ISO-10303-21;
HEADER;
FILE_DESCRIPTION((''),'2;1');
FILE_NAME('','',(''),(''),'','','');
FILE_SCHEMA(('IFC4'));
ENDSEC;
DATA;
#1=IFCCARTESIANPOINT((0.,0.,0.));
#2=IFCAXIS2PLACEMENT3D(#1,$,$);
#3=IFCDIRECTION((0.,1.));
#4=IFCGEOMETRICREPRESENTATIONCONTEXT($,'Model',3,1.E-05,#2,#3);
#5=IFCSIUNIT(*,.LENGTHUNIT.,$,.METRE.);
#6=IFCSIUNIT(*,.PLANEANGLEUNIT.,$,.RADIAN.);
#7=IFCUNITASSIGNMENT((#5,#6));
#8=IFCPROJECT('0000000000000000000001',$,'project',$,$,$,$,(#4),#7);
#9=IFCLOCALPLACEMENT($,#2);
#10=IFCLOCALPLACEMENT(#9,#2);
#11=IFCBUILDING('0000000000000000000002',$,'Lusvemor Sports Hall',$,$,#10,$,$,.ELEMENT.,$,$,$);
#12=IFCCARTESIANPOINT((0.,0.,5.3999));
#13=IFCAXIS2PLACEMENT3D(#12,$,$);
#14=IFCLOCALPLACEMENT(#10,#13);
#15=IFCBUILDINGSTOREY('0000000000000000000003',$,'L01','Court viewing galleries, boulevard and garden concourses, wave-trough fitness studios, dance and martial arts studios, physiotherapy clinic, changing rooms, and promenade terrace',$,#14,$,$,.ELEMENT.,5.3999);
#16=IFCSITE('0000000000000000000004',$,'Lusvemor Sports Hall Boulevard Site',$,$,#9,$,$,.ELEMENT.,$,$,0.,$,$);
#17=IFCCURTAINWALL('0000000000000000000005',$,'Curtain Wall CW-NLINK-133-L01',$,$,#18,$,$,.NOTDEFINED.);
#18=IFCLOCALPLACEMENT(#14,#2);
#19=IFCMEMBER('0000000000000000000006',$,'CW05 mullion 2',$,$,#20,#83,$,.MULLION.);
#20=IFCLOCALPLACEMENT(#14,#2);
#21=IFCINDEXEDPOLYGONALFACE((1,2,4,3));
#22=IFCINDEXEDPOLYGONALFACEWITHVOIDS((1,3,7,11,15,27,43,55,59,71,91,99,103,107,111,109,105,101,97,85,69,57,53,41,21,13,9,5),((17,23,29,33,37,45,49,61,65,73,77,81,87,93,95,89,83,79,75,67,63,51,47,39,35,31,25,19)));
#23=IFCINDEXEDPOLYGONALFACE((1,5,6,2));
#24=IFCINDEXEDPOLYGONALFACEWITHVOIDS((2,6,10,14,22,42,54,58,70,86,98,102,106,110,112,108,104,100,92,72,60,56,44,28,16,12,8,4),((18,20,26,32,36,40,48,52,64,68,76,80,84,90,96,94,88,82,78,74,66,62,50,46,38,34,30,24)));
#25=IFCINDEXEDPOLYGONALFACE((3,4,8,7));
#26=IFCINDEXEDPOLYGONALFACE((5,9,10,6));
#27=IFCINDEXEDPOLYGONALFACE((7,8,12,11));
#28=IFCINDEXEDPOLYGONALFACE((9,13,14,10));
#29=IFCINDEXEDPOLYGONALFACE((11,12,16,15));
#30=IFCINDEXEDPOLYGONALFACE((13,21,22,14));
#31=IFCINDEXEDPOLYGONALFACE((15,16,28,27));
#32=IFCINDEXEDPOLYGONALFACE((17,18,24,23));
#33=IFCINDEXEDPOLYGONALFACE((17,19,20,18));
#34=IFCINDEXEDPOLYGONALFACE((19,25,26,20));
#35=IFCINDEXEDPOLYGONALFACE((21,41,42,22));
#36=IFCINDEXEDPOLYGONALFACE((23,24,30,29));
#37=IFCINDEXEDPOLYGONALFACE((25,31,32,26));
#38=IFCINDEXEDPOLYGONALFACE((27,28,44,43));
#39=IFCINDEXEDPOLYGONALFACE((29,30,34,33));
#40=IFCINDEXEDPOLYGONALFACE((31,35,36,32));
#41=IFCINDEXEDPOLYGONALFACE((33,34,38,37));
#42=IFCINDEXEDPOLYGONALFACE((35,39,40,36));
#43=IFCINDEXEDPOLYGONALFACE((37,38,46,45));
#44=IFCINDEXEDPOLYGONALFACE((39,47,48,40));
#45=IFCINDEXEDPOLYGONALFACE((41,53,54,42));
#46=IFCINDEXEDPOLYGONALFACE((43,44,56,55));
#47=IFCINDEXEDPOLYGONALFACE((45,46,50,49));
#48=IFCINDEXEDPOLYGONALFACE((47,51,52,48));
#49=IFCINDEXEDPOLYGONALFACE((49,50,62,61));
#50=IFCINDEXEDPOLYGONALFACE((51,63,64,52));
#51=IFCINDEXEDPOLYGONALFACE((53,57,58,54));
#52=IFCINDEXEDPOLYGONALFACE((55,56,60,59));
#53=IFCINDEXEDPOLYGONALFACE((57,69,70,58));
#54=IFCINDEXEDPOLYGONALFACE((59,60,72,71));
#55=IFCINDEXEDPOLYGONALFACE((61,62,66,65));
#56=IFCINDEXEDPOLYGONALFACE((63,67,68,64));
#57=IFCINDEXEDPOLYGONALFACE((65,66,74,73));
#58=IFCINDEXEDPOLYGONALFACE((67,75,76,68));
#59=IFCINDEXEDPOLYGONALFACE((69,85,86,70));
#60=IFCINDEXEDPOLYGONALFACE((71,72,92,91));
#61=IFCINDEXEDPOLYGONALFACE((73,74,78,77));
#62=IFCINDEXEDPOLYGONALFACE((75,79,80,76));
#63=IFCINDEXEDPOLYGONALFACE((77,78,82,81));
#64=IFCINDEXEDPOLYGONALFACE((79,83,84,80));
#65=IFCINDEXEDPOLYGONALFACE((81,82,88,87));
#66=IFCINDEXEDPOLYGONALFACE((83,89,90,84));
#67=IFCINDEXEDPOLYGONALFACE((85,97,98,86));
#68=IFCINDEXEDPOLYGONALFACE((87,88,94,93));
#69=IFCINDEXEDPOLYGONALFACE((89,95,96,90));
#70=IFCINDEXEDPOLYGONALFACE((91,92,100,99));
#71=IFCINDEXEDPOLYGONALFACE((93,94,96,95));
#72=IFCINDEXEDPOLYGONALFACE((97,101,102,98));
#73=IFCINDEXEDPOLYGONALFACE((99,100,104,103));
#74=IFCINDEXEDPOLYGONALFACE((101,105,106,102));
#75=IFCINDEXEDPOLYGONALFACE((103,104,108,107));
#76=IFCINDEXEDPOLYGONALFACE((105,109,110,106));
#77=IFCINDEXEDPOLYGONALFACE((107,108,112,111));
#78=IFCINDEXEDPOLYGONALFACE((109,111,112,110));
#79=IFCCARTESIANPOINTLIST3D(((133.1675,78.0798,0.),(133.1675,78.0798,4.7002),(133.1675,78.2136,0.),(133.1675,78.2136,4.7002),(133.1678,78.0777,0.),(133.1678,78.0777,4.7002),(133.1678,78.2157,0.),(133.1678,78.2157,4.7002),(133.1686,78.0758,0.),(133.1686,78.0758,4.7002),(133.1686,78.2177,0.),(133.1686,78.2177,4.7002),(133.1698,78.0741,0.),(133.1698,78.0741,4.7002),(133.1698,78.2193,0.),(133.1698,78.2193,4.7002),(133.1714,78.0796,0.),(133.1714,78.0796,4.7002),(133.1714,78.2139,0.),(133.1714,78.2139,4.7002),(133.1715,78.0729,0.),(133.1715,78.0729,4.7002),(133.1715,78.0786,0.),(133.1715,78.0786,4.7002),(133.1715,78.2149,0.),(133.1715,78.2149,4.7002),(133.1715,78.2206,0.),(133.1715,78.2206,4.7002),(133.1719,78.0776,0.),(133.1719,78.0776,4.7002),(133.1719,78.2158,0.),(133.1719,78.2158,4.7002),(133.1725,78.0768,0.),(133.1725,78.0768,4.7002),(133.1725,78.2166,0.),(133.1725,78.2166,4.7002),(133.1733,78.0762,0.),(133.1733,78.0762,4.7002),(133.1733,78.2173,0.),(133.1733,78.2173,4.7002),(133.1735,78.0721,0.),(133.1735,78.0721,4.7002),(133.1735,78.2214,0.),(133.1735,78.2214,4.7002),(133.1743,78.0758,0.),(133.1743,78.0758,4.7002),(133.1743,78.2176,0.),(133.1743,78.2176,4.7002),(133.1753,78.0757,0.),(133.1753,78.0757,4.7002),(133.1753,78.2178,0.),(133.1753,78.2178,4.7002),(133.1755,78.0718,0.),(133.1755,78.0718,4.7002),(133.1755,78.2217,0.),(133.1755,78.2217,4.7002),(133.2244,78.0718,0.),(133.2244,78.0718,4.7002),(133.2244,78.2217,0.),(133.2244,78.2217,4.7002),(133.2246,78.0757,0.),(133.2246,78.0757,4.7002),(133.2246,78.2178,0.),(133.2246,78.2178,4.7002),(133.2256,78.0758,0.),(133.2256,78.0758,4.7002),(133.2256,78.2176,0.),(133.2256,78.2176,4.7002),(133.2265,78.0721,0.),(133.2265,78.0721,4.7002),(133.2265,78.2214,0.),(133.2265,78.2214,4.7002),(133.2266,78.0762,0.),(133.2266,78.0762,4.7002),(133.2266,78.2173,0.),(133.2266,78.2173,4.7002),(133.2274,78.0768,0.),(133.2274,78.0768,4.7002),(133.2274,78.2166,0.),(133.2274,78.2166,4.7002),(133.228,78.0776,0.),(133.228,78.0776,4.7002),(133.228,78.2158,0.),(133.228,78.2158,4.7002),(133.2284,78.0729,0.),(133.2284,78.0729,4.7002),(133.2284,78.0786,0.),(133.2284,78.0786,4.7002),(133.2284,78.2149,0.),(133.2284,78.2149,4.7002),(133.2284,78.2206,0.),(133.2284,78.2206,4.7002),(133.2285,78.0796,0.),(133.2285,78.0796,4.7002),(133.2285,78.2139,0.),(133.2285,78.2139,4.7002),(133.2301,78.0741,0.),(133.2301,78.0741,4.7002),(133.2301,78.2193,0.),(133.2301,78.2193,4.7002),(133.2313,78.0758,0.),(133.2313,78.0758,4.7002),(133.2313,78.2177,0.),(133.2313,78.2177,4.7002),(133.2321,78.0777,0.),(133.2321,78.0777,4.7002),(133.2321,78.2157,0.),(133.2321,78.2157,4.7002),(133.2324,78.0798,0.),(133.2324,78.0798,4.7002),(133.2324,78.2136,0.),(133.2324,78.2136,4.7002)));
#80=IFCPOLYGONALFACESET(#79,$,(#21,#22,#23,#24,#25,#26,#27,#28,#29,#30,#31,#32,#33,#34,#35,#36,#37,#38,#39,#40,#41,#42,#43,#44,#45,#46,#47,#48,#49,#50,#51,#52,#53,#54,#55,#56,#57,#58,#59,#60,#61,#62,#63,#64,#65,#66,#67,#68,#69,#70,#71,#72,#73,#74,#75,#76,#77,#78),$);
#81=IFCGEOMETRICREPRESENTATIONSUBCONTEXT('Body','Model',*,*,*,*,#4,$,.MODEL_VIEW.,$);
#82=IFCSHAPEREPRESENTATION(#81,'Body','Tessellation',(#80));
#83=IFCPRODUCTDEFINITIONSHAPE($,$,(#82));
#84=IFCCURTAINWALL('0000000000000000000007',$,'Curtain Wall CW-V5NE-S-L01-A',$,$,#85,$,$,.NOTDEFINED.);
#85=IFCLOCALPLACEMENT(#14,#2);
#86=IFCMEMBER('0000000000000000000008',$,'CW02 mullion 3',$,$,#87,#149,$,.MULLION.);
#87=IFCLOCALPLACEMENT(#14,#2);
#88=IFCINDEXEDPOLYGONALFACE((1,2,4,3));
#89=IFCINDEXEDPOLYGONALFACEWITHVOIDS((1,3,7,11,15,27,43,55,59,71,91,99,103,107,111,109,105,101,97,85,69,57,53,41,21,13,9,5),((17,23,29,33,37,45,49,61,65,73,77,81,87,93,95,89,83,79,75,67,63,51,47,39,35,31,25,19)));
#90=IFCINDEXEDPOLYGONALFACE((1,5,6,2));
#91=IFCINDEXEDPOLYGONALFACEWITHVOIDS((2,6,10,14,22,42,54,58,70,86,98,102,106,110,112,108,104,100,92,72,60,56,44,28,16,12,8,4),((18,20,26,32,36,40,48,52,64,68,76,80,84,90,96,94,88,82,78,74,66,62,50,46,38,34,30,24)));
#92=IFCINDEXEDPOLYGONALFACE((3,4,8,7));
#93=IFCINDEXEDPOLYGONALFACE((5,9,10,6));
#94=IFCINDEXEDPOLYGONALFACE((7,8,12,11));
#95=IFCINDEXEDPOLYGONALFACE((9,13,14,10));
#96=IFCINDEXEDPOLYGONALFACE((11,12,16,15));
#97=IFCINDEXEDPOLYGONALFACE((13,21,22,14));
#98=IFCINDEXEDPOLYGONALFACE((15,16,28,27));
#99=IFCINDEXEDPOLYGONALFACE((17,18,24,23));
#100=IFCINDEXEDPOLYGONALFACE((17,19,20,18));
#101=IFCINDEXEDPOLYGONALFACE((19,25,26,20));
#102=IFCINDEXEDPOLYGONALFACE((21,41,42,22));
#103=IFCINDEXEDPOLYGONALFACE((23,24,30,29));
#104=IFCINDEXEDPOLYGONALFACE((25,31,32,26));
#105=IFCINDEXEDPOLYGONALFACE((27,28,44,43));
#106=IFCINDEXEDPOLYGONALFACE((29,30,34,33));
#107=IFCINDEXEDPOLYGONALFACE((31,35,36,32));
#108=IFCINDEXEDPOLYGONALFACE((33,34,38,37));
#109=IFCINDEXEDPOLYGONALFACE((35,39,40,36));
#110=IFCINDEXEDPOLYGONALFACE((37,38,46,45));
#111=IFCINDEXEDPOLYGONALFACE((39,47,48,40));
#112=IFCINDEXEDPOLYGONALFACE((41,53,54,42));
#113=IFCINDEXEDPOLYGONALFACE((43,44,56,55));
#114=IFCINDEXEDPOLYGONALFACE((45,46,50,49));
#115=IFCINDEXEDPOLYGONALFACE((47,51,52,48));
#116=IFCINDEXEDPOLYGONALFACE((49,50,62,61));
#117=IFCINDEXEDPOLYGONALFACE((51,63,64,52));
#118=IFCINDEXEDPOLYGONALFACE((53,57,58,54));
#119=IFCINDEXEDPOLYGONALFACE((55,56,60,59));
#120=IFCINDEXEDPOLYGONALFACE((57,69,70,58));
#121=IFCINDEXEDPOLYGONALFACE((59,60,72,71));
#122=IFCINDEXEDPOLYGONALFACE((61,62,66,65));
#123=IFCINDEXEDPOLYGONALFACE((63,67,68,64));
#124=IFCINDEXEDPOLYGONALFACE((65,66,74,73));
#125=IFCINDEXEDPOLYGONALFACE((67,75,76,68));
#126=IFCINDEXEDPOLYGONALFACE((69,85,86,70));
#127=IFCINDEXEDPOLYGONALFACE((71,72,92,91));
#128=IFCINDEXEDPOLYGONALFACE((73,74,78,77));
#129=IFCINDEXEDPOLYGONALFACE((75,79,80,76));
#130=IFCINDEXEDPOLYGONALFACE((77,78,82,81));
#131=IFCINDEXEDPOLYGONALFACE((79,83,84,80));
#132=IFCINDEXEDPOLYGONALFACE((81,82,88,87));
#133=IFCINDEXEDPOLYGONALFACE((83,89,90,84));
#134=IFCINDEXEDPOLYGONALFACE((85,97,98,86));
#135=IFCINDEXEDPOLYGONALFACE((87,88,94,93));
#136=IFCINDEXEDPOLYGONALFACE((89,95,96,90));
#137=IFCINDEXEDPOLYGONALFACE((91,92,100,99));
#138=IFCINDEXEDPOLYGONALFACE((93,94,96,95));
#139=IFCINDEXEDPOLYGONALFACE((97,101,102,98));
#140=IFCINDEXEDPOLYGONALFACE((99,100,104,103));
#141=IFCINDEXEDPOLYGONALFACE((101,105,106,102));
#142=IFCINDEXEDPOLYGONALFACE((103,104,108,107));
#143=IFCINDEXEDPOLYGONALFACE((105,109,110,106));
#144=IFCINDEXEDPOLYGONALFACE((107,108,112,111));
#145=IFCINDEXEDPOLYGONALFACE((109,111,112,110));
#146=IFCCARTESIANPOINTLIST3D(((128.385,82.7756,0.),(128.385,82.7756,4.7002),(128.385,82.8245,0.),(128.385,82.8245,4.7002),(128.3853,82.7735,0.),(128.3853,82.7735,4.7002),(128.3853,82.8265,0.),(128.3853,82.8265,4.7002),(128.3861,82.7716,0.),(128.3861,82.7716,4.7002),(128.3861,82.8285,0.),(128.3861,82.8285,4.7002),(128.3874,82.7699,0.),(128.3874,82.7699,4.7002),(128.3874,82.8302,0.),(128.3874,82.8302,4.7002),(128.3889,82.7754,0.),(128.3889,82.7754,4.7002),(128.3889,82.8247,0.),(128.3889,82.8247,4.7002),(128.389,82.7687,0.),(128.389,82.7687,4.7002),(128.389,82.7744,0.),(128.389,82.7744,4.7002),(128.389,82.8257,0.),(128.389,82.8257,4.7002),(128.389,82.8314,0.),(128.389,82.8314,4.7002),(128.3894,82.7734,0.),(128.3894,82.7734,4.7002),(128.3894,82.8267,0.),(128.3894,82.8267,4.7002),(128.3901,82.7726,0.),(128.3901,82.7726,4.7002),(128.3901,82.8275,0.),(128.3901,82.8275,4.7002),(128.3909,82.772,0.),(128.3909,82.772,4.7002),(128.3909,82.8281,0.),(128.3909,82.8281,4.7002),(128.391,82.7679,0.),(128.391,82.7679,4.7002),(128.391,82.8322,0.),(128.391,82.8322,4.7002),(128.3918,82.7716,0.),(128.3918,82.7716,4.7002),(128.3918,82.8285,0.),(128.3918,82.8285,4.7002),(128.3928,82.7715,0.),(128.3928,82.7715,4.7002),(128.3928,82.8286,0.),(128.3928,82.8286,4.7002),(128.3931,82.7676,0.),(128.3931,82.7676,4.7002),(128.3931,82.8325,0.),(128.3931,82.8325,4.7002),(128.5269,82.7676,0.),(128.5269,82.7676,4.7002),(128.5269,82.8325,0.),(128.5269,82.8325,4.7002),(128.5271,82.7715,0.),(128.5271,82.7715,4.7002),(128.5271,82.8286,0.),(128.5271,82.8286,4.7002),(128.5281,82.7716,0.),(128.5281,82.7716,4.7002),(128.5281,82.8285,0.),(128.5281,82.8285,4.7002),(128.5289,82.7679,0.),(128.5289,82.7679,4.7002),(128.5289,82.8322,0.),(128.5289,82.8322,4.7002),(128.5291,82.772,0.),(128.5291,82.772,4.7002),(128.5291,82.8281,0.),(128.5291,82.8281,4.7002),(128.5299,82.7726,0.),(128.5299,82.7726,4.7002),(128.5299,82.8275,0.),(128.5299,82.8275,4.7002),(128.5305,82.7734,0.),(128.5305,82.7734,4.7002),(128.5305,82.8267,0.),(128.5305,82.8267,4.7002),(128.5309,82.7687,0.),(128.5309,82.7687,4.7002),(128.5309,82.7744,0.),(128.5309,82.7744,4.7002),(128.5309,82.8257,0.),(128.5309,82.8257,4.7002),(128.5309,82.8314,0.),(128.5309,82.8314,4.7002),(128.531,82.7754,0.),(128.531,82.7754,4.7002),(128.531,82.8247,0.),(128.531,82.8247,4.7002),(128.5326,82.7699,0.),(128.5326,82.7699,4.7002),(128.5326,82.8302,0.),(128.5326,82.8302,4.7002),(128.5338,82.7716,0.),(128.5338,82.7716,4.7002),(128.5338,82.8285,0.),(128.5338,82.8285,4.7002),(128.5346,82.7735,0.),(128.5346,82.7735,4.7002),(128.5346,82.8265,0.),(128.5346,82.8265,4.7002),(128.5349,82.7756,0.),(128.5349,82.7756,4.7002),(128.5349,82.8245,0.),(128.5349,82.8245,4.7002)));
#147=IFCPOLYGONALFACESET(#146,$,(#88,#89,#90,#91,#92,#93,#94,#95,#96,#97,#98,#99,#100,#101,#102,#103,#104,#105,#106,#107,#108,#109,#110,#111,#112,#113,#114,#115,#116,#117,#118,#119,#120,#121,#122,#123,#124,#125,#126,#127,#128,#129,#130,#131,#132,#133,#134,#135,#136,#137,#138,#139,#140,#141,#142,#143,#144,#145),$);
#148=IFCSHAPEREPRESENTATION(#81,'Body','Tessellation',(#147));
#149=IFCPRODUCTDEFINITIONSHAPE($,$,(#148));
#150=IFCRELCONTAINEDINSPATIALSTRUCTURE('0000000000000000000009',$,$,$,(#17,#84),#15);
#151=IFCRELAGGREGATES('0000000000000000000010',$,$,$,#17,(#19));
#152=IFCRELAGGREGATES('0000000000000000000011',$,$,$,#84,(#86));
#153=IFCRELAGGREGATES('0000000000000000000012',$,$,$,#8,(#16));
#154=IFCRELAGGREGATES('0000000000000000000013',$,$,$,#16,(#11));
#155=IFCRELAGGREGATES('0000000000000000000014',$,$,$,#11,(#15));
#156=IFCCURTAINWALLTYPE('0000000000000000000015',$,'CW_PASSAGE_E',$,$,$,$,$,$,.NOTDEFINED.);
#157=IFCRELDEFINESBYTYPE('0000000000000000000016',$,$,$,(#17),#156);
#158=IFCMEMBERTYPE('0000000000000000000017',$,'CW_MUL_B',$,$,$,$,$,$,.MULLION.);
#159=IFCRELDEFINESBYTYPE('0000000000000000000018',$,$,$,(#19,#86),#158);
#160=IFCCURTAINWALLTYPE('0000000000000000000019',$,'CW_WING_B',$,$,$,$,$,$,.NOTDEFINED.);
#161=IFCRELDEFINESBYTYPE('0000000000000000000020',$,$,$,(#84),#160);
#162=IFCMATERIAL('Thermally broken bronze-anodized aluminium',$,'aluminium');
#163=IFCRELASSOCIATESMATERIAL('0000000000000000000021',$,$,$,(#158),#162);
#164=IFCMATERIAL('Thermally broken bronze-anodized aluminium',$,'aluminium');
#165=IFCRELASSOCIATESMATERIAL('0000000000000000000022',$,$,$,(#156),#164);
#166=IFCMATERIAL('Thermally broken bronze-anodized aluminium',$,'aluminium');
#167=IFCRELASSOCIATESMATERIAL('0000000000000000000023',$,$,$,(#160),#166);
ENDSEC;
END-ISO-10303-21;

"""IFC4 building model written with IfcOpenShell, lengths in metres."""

from ifc_helpers import new_model, si_unit, direction, frame, origin, origin_2d, place, context, subcontext, project, spatial, hollow_rectangle, extrude, material, material_profile, profile_set, type_object, element, aggregate, save


model = new_model("IFC4")

# Units and contexts
model_context = context("Model", 3, precision=1e-05, world=origin(), true_north=direction((0.0, 1.0)))
body_context = subcontext(model_context, "Body", "Model", "MODEL_VIEW")
ifc_project = project(units=[si_unit("LENGTHUNIT", "METRE"), si_unit("PLANEANGLEUNIT", "RADIAN")], contexts=[model_context])

# Site, building, storey
site_placement = place(None, origin())
site = spatial("IfcSite", under=ifc_project, at=site_placement, Name="Lusvemor Sports Hall Boulevard Site", CompositionType="ELEMENT", RefElevation=0.0)
building_placement = place(site_placement, origin())
building = spatial("IfcBuilding", under=site, at=building_placement, Name="Lusvemor Sports Hall", CompositionType="ELEMENT")
storey_placement = place(building_placement, frame((0.0, 0.0, 5.3999)))
storey = spatial("IfcBuildingStorey", under=building, at=storey_placement, Name="L01", Description="Court viewing galleries, boulevard and garden concourses, wave-trough fitness studios, dance and martial arts studios, physiotherapy clinic, changing rooms, and promenade terrace", CompositionType="ELEMENT", Elevation=5.3999)

# Shared definitions
ifc_material_1 = material(Name="Thermally broken bronze-anodized aluminium", Category="aluminium")
ifc_material_profile_1 = material_profile(ifc_material_1, hollow_rectangle(XDim=0.0649, YDim=0.1499, WallThickness=0.0039, InnerFilletRadius=0.0039, OuterFilletRadius=0.0081, at=origin_2d()), Name="CWMUL150x65x4")
ifc_profile_set_1 = profile_set([ifc_material_profile_1], Name="Thermally broken bronze-anodized aluminium")
member_type_1 = type_object("IfcMemberType", Name="CW_MUL_B", PredefinedType="MULLION", material=ifc_profile_set_1)

# Curtain wall, member
ifc_material_2 = material(Name="Thermally broken bronze-anodized aluminium", Category="aluminium")
curtain_wall_type_1 = type_object("IfcCurtainWallType", Name="CW_PASSAGE_E", PredefinedType="NOTDEFINED", material=ifc_material_2)
curtain_wall_1_placement = place(storey_placement, origin())
curtain_wall_1 = element("IfcCurtainWall", 1, at=curtain_wall_1_placement, inside=storey, type_object=curtain_wall_type_1, Name="Curtain Wall CW-NLINK-133-L01", PredefinedType="NOTDEFINED")
member_1_placement = place(storey_placement, frame((133.2, 78.1467, 0.0), z_axis=(0.0, 0.0, 1.0), x_axis=(-1.0, 0.0, 0.0)))
member_1 = element("IfcMember", 2, at=member_1_placement, type_object=member_type_1, Name="CW05 mullion 2", PredefinedType="MULLION", context=body_context, shape_type="SweptSolid", body=[
    extrude(hollow_rectangle(XDim=0.0649, YDim=0.1499, WallThickness=0.0039, InnerFilletRadius=0.0039, OuterFilletRadius=0.0081, at=origin_2d()), origin(), (0.0, 0.0, 1.0), 4.7002),
])

# Curtain wall, member
ifc_material_3 = material(Name="Thermally broken bronze-anodized aluminium", Category="aluminium")
curtain_wall_type_2 = type_object("IfcCurtainWallType", Name="CW_WING_B", PredefinedType="NOTDEFINED", material=ifc_material_3)
curtain_wall_2_placement = place(storey_placement, origin())
curtain_wall_2 = element("IfcCurtainWall", 3, at=curtain_wall_2_placement, inside=storey, type_object=curtain_wall_type_2, Name="Curtain Wall CW-V5NE-S-L01-A", PredefinedType="NOTDEFINED")
member_2_placement = place(storey_placement, frame((128.46, 82.8, 0.0), z_axis=(0.0, 0.0, 1.0), x_axis=(0.0, -1.0, 0.0)))
member_2 = element("IfcMember", 4, at=member_2_placement, type_object=member_type_1, Name="CW02 mullion 3", PredefinedType="MULLION", context=body_context, shape_type="SweptSolid", body=[
    extrude(hollow_rectangle(XDim=0.0649, YDim=0.1499, WallThickness=0.0039, InnerFilletRadius=0.0039, OuterFilletRadius=0.0081, at=origin_2d()), origin(), (0.0, 0.0, 1.0), 4.7002),
])

aggregate(curtain_wall_1, [member_1])
aggregate(curtain_wall_2, [member_2])

save(model, "model.ifc")
